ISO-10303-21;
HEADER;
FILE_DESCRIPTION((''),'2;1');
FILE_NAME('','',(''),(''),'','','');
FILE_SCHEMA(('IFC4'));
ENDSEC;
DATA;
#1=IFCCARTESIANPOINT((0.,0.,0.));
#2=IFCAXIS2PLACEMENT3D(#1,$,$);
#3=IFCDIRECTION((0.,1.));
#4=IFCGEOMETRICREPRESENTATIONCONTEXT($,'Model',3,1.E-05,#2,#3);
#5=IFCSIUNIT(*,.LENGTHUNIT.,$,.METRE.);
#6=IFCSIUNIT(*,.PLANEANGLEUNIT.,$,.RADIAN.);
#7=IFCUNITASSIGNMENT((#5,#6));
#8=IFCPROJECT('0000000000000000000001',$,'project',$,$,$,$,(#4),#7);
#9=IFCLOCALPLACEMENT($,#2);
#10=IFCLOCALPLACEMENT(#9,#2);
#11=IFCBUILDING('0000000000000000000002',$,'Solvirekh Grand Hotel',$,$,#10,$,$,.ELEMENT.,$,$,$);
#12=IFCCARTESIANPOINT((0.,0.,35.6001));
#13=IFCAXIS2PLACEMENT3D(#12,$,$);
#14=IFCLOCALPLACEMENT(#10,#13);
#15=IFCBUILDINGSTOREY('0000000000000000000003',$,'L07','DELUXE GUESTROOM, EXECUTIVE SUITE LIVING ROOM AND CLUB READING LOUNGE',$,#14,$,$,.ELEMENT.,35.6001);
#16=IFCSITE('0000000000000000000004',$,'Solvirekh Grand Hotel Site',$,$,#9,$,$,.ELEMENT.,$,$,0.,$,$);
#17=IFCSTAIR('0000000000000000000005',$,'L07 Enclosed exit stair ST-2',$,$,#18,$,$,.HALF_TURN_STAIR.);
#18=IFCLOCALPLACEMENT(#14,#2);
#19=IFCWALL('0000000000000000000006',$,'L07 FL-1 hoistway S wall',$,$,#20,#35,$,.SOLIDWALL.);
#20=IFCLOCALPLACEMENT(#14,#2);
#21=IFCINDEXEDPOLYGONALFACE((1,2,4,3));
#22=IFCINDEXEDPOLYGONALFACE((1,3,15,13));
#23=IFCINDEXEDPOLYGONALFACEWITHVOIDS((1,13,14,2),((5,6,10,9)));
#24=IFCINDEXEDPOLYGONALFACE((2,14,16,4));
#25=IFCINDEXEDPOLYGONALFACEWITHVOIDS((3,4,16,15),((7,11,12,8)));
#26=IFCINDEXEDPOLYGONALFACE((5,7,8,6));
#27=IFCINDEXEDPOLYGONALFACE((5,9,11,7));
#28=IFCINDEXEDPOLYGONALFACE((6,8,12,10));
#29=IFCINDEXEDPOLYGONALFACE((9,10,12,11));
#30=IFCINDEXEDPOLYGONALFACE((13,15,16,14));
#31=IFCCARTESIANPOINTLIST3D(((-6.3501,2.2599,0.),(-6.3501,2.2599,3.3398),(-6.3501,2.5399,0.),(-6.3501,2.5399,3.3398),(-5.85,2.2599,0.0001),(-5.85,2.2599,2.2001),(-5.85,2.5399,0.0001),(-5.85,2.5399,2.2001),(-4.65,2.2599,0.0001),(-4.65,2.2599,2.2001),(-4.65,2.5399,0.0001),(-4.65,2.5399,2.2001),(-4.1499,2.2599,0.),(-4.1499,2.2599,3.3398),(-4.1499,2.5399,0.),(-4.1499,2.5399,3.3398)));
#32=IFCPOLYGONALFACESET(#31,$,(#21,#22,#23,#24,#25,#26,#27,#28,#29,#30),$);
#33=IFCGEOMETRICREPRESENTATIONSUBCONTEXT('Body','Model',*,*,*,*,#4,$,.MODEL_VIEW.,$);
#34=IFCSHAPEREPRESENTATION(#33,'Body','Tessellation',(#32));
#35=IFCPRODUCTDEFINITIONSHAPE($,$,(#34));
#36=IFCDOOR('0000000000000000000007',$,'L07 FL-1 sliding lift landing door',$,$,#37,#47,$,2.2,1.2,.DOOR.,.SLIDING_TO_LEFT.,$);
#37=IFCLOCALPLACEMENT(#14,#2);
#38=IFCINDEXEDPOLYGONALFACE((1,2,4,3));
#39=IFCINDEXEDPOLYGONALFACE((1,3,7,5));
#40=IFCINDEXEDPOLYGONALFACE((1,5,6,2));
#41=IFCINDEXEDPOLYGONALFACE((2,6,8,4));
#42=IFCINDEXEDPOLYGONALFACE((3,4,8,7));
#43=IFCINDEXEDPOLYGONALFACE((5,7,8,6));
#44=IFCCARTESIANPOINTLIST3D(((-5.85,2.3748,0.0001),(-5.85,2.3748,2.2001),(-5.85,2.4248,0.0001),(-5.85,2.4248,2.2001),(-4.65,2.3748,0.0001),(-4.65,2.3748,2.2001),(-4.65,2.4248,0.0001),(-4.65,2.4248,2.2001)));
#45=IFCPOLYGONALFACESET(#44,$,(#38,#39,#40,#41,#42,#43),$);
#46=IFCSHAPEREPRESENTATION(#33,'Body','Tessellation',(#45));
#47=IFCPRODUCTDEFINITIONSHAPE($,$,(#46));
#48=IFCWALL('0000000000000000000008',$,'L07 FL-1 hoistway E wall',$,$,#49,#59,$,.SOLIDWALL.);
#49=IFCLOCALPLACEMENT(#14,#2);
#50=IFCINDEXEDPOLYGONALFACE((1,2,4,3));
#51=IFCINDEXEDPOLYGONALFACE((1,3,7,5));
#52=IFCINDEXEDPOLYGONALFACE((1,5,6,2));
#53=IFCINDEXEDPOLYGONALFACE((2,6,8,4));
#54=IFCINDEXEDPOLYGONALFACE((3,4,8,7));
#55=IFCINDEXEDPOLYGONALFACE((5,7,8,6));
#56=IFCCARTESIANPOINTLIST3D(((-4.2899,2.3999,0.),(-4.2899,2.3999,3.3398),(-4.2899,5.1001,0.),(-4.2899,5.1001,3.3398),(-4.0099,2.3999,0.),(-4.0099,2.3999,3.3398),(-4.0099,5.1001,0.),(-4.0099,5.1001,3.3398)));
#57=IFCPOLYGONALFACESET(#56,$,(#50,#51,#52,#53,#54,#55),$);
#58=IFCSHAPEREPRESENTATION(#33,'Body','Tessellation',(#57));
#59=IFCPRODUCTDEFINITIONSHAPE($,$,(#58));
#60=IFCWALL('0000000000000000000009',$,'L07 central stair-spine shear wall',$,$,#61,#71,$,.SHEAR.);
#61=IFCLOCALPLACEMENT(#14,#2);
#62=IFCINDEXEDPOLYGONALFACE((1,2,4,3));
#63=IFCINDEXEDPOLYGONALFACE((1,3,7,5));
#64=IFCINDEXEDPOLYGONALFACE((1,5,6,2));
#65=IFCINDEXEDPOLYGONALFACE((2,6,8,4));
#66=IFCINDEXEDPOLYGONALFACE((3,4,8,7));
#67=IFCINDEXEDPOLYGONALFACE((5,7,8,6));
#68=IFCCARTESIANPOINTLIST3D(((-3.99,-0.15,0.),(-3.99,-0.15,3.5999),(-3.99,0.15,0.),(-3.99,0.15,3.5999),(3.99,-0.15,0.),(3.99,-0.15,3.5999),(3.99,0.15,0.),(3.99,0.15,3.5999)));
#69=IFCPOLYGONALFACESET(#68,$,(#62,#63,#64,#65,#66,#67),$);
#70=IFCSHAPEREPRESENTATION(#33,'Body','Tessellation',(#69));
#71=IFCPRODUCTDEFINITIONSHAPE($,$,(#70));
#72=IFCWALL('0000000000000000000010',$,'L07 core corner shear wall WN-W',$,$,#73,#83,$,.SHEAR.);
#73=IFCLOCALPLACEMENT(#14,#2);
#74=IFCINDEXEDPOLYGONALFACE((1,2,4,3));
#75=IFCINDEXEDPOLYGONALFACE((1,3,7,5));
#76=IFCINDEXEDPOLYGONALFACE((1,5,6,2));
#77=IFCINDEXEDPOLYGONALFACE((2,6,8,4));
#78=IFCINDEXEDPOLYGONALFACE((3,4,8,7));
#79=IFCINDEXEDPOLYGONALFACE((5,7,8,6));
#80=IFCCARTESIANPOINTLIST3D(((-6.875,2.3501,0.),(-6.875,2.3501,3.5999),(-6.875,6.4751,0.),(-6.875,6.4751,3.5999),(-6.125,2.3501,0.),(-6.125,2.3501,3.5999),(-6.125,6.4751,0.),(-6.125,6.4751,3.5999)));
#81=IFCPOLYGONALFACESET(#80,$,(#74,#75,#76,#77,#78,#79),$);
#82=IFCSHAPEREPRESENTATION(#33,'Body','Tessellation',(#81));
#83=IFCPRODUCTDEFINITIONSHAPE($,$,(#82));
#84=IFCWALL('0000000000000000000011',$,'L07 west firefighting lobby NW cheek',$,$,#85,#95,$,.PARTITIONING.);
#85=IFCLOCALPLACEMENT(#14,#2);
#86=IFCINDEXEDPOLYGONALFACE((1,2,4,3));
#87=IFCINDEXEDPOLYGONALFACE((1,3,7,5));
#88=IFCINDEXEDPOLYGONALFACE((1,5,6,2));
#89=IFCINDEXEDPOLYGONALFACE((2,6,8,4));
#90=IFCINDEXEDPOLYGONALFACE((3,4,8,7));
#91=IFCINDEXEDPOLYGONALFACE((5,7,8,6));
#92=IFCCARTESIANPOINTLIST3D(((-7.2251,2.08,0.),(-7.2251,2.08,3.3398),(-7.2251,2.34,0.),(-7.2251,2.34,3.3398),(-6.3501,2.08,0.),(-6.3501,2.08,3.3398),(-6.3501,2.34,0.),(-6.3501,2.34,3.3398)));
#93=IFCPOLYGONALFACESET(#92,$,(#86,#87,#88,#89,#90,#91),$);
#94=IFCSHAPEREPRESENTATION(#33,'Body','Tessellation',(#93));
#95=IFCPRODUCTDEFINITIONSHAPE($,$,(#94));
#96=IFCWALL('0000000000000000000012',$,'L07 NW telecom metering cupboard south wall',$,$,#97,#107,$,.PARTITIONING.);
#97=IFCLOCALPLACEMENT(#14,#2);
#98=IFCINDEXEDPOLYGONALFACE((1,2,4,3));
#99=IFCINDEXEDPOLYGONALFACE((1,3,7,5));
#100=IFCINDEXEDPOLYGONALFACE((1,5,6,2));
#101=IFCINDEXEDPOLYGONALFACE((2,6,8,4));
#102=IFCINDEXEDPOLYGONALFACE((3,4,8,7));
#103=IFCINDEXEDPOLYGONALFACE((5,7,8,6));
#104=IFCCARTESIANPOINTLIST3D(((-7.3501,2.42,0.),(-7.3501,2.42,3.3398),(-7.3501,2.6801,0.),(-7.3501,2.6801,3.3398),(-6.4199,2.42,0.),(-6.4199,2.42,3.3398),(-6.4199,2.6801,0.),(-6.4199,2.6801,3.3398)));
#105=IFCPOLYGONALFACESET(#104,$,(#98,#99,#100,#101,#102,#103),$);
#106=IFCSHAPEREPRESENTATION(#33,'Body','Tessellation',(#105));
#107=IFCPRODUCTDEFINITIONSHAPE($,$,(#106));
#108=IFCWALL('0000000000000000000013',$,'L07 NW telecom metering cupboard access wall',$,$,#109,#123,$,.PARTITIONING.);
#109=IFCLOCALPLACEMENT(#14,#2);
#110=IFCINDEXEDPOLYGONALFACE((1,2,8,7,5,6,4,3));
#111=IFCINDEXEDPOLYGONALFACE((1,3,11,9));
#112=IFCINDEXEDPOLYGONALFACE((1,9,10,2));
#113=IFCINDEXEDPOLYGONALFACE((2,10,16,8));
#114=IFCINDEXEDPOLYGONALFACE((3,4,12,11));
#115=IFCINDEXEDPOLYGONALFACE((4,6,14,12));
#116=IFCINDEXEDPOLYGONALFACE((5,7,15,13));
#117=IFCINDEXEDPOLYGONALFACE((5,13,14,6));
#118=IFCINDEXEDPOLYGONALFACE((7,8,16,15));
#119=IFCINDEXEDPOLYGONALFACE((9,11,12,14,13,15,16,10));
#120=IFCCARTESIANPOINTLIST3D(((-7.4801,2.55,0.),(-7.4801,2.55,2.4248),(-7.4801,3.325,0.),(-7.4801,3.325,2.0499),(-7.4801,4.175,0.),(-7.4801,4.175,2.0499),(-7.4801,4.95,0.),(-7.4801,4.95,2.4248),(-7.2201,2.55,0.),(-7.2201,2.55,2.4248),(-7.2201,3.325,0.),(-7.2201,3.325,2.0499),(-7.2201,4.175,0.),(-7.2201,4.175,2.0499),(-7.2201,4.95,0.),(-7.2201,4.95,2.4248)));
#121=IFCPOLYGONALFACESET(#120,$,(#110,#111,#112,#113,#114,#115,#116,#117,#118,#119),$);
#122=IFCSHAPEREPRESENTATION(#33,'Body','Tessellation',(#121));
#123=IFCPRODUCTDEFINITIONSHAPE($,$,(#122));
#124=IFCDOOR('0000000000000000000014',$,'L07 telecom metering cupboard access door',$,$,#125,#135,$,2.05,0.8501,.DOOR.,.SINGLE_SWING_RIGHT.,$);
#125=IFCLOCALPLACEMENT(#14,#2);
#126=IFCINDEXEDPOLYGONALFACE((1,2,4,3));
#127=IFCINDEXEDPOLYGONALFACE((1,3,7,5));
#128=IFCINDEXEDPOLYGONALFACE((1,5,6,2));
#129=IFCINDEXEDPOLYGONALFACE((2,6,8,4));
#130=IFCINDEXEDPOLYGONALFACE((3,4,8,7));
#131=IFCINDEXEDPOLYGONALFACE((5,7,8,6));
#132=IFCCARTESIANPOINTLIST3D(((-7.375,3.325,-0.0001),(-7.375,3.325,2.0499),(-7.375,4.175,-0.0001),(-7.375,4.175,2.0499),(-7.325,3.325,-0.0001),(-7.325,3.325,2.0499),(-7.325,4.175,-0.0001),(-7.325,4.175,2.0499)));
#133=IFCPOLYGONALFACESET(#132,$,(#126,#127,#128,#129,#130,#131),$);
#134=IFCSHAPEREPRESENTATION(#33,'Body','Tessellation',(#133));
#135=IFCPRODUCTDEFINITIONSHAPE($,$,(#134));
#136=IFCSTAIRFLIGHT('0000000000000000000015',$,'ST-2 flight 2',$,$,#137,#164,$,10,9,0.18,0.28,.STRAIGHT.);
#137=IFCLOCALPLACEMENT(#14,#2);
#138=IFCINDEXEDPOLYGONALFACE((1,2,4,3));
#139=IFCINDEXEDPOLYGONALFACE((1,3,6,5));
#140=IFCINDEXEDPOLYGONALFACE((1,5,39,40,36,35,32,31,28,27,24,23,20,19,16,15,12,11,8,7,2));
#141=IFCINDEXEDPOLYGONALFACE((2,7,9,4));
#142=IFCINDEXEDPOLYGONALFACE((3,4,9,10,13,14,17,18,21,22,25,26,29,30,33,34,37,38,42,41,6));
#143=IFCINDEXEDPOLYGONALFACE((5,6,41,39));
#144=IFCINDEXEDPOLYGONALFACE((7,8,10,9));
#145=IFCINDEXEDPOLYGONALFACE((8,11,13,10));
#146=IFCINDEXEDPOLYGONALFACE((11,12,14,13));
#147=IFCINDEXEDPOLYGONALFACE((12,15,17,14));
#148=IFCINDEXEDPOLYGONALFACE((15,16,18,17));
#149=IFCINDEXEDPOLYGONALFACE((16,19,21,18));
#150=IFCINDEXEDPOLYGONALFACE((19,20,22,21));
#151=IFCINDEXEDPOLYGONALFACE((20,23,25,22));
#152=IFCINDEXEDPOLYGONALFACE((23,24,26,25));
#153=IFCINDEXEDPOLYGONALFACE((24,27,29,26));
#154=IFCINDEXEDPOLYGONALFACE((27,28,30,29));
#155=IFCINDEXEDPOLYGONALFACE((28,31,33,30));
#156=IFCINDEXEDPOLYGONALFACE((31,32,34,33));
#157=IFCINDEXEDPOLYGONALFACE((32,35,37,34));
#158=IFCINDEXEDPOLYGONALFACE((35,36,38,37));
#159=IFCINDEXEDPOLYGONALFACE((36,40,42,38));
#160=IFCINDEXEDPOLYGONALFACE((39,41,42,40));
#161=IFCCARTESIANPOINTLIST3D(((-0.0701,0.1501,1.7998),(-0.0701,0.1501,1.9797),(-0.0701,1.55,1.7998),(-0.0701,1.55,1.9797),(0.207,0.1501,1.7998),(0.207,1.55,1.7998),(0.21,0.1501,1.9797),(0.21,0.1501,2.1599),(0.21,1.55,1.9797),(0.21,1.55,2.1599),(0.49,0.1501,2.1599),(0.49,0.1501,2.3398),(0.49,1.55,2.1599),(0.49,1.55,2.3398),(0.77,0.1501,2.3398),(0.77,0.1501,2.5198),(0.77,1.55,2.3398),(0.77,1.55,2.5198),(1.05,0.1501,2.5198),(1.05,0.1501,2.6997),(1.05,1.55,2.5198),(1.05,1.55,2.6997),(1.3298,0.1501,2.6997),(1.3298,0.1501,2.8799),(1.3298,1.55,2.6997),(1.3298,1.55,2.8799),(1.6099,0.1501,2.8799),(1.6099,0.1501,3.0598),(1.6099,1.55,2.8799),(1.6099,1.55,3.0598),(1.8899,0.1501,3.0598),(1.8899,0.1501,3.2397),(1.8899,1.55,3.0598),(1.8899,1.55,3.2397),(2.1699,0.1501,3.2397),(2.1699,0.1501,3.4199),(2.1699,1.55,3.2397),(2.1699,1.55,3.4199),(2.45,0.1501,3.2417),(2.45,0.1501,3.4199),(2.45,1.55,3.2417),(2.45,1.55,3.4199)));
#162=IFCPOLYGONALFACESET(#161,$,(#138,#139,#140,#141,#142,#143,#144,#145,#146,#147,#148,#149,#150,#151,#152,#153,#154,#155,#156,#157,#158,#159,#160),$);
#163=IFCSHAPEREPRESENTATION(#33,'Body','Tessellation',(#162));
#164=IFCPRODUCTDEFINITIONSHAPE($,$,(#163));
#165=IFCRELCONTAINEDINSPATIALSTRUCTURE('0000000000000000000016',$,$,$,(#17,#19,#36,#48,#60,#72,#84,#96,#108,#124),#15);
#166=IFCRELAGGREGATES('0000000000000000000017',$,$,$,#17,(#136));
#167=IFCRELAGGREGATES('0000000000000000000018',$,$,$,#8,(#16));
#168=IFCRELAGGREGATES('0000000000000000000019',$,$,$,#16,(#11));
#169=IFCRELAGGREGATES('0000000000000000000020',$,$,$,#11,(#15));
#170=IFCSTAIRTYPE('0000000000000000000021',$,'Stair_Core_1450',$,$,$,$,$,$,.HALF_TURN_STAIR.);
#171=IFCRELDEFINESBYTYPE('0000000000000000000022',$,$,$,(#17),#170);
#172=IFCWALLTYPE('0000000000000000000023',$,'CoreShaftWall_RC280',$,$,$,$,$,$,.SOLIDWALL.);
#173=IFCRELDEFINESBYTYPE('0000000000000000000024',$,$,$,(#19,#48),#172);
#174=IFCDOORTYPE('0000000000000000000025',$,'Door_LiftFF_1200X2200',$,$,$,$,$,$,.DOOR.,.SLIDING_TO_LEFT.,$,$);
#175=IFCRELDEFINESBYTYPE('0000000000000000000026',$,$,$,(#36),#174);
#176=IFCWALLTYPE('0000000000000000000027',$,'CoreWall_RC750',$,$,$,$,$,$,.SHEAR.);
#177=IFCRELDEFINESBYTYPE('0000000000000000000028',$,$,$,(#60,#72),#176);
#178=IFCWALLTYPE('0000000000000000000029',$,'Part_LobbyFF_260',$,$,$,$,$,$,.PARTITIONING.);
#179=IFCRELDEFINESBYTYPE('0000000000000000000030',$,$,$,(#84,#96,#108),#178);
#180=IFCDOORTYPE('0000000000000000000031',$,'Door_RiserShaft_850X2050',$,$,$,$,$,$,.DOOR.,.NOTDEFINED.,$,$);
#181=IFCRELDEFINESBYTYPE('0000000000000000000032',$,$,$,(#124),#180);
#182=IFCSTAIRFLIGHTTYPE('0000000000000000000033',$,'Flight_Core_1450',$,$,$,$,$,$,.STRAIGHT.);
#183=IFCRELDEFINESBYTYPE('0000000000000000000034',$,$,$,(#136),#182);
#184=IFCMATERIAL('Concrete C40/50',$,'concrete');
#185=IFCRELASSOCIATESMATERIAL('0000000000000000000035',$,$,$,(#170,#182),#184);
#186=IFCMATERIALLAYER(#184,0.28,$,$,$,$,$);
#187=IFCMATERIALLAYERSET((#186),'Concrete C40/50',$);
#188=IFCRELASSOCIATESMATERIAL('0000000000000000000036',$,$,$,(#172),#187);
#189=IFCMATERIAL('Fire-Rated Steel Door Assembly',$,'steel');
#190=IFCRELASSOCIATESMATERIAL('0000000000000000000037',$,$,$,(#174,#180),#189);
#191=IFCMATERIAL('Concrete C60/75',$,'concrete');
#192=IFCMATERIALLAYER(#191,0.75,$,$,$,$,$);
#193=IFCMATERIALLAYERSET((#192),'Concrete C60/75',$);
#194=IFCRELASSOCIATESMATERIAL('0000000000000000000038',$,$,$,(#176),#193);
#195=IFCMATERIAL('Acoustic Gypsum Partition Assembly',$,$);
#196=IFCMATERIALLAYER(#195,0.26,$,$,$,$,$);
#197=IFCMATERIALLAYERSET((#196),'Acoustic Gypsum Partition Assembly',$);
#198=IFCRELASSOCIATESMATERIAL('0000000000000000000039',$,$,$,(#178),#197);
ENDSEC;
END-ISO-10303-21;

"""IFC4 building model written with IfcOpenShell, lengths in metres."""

from ifc_helpers import new_model, si_unit, direction, frame, frame_2d, origin, place, context, subcontext, project, spatial, polyline, rectangle, outline, extrude, material, layer, layer_set, type_object, element, fill, aggregate, save


model = new_model("IFC4")

# Units and contexts
model_context = context("Model", 3, precision=1e-05, world=origin(), true_north=direction((0.0, 1.0)))
body_context = subcontext(model_context, "Body", "Model", "MODEL_VIEW")
ifc_project = project(units=[si_unit("LENGTHUNIT", "METRE"), si_unit("PLANEANGLEUNIT", "RADIAN")], contexts=[model_context])

# Site, building, storey
site_placement = place(None, origin())
site = spatial("IfcSite", under=ifc_project, at=site_placement, Name="Solvirekh Grand Hotel Site", CompositionType="ELEMENT", RefElevation=0.0)
building_placement = place(site_placement, origin())
building = spatial("IfcBuilding", under=site, at=building_placement, Name="Solvirekh Grand Hotel", CompositionType="ELEMENT")
storey_placement = place(building_placement, frame((0.0, 0.0, 35.6001)))
storey = spatial("IfcBuildingStorey", under=building, at=storey_placement, Name="L07", Description="DELUXE GUESTROOM, EXECUTIVE SUITE LIVING ROOM AND CLUB READING LOUNGE", CompositionType="ELEMENT", Elevation=35.6001)

# Stair
ifc_material_1 = material(Name="Concrete C40/50", Category="concrete")
stair_type = type_object("IfcStairType", Name="Stair_Core_1450", PredefinedType="HALF_TURN_STAIR", material=ifc_material_1)
stair_1_placement = place(storey_placement, origin())
stair_1 = element("IfcStair", 1, at=stair_1_placement, inside=storey, type_object=stair_type, Name="L07 Enclosed exit stair ST-2", PredefinedType="HALF_TURN_STAIR")

# Shared definitions
ifc_layer_1 = layer(ifc_material_1, 0.28)
ifc_layer_set_1 = layer_set([ifc_layer_1], Name="Concrete C40/50")
wall_type_1 = type_object("IfcWallType", Name="CoreShaftWall_RC280", PredefinedType="SOLIDWALL", material=ifc_layer_set_1)

# Wall, opening, door
wall_1_placement = place(storey_placement, frame((-6.3501, 2.3999, 0.0), z_axis=(0.0, 0.0, 1.0), x_axis=(1.0, 0.0, 0.0)))
wall_1 = element("IfcWall", 2, at=wall_1_placement, inside=storey, type_object=wall_type_1, Name="L07 FL-1 hoistway S wall", PredefinedType="SOLIDWALL", context=body_context, shape_type="SweptSolid", body=[
    extrude(rectangle(XDim=2.2002, YDim=0.28, at=frame_2d((1.1001, 0.0))), origin(), (0.0, 0.0, 1.0), 3.3398),
])
opening_1_placement = place(wall_1_placement, frame((0.5, 0.0, 0.0)))
opening_1 = element("IfcOpeningElement", 3, at=opening_1_placement, cuts=wall_1, PredefinedType="OPENING", context=body_context, shape_type="SweptSolid", body=[
    extrude(rectangle(XDim=1.2, YDim=2.2, at=frame_2d((0.6001, 1.1001))), frame((0.0, 0.1499, 0.0), z_axis=(0.0, -1.0, 0.0), x_axis=(1.0, 0.0, 0.0)), (0.0, 0.0, 1.0), 0.3),
])
ifc_material_2 = material(Name="Fire-Rated Steel Door Assembly", Category="steel")
door_type_1 = type_object("IfcDoorType", Name="Door_LiftFF_1200X2200", OperationType="SLIDING_TO_LEFT", PredefinedType="DOOR", material=ifc_material_2)
door_1_placement = place(opening_1_placement, origin())
door_1 = element("IfcDoor", 4, at=door_1_placement, inside=storey, type_object=door_type_1, Name="L07 FL-1 sliding lift landing door", OperationType="SLIDING_TO_LEFT", OverallHeight=2.2, OverallWidth=1.2, PredefinedType="DOOR", context=body_context, shape_type="SweptSolid", body=[
    extrude(rectangle(XDim=1.2, YDim=2.2, at=frame_2d((0.6001, 1.1001))), frame((0.0, 0.0249, 0.0), z_axis=(0.0, -1.0, 0.0), x_axis=(1.0, 0.0, 0.0)), (0.0, 0.0, 1.0), 0.05),
])
fill(opening_1, door_1)

# Walls
wall_2_placement = place(storey_placement, frame((-4.1499, 2.3999, 0.0), z_axis=(0.0, 0.0, 1.0), x_axis=(0.0, 1.0, 0.0)))
element("IfcWall", 5, at=wall_2_placement, inside=storey, type_object=wall_type_1, Name="L07 FL-1 hoistway E wall", PredefinedType="SOLIDWALL", context=body_context, shape_type="SweptSolid", body=[
    extrude(rectangle(XDim=2.7002, YDim=0.28, at=frame_2d((1.3501, 0.0))), origin(), (0.0, 0.0, 1.0), 3.3398),
])
ifc_material_3 = material(Name="Concrete C60/75", Category="concrete")
ifc_layer_2 = layer(ifc_material_3, 0.75)
ifc_layer_set_2 = layer_set([ifc_layer_2], Name="Concrete C60/75")
wall_type_2 = type_object("IfcWallType", Name="CoreWall_RC750", PredefinedType="SHEAR", material=ifc_layer_set_2)
wall_3_placement = place(storey_placement, frame((-3.99, 0.0, 0.0), z_axis=(0.0, 0.0, 1.0), x_axis=(1.0, 0.0, 0.0)))
element("IfcWall", 6, at=wall_3_placement, inside=storey, type_object=wall_type_2, Name="L07 central stair-spine shear wall", PredefinedType="SHEAR", context=body_context, shape_type="SweptSolid", body=[
    extrude(rectangle(XDim=7.98, YDim=0.3, at=frame_2d((3.99, 0.0))), origin(), (0.0, 0.0, 1.0), 3.5999),
])
wall_4_placement = place(storey_placement, frame((-6.5, 2.3501, 0.0), z_axis=(0.0, 0.0, 1.0), x_axis=(0.0, 1.0, 0.0)))
element("IfcWall", 7, at=wall_4_placement, inside=storey, type_object=wall_type_2, Name="L07 core corner shear wall WN-W", PredefinedType="SHEAR", context=body_context, shape_type="SweptSolid", body=[
    extrude(rectangle(XDim=4.125, YDim=0.75, at=frame_2d((2.0625, 0.0))), origin(), (0.0, 0.0, 1.0), 3.5999),
])
ifc_material_4 = material(Name="Acoustic Gypsum Partition Assembly")
ifc_layer_3 = layer(ifc_material_4, 0.26)
ifc_layer_set_3 = layer_set([ifc_layer_3], Name="Acoustic Gypsum Partition Assembly")
wall_type_3 = type_object("IfcWallType", Name="Part_LobbyFF_260", PredefinedType="PARTITIONING", material=ifc_layer_set_3)
wall_5_placement = place(storey_placement, frame((-7.2251, 2.21, 0.0), z_axis=(0.0, 0.0, 1.0), x_axis=(1.0, 0.0, 0.0)))
element("IfcWall", 8, at=wall_5_placement, inside=storey, type_object=wall_type_3, Name="L07 west firefighting lobby NW cheek", PredefinedType="PARTITIONING", context=body_context, shape_type="SweptSolid", body=[
    extrude(rectangle(XDim=0.875, YDim=0.26, at=frame_2d((0.4375, 0.0))), origin(), (0.0, 0.0, 1.0), 3.3398),
])
wall_6_placement = place(storey_placement, frame((-7.3501, 2.55, 0.0), z_axis=(0.0, 0.0, 1.0), x_axis=(1.0, 0.0, 0.0)))
element("IfcWall", 9, at=wall_6_placement, inside=storey, type_object=wall_type_3, Name="L07 NW telecom metering cupboard south wall", PredefinedType="PARTITIONING", context=body_context, shape_type="SweptSolid", body=[
    extrude(rectangle(XDim=0.9302, YDim=0.26, at=frame_2d((0.4651, 0.0))), origin(), (0.0, 0.0, 1.0), 3.3398),
])

# Wall, opening, door
wall_7_placement = place(storey_placement, frame((-7.3501, 2.55, 0.0), z_axis=(0.0, 0.0, 1.0), x_axis=(0.0, 1.0, 0.0)))
wall_7 = element("IfcWall", 10, at=wall_7_placement, inside=storey, type_object=wall_type_3, Name="L07 NW telecom metering cupboard access wall", PredefinedType="PARTITIONING", context=body_context, shape_type="SweptSolid", body=[
    extrude(rectangle(XDim=2.3999, YDim=0.26, at=frame_2d((1.2, 0.0))), origin(), (0.0, 0.0, 1.0), 2.4248),
])
opening_2_placement = place(wall_7_placement, frame((0.7749, 0.0, 0.0)))
opening_2 = element("IfcOpeningElement", 11, at=opening_2_placement, cuts=wall_7, PredefinedType="OPENING", context=body_context, shape_type="SweptSolid", body=[
    extrude(rectangle(XDim=0.8501, YDim=2.05, at=frame_2d((0.425, 1.0249))), frame((0.0, 0.1401, 0.0), z_axis=(0.0, -1.0, 0.0), x_axis=(1.0, 0.0, 0.0)), (0.0, 0.0, 1.0), 0.28),
])
door_type_2 = type_object("IfcDoorType", Name="Door_RiserShaft_850X2050", OperationType="NOTDEFINED", PredefinedType="DOOR", material=ifc_material_2)
door_2_placement = place(opening_2_placement, origin())
door_2 = element("IfcDoor", 12, at=door_2_placement, inside=storey, type_object=door_type_2, Name="L07 telecom metering cupboard access door", OperationType="SINGLE_SWING_RIGHT", OverallHeight=2.05, OverallWidth=0.8501, PredefinedType="DOOR", context=body_context, shape_type="SweptSolid", body=[
    extrude(rectangle(XDim=0.8501, YDim=2.05, at=frame_2d((0.425, 1.0249))), frame((0.0, 0.0249, 0.0), z_axis=(0.0, -1.0, 0.0), x_axis=(1.0, 0.0, 0.0)), (0.0, 0.0, 1.0), 0.05),
])
fill(opening_2, door_2)

# Stair flight
stair_flight_type = type_object("IfcStairFlightType", Name="Flight_Core_1450", PredefinedType="STRAIGHT", material=ifc_material_1)
stair_flight_placement = place(storey_placement, frame((-0.0701, 0.8501, 1.7998), z_axis=(0.0, 0.0, 1.0), x_axis=(1.0, 0.0, 0.0)))
stair_flight = element("IfcStairFlight", 13, at=stair_flight_placement, type_object=stair_flight_type, Name="ST-2 flight 2", NumberOfRisers=10, NumberOfTreads=9, PredefinedType="STRAIGHT", RiserHeight=0.18, TreadLength=0.28, context=body_context, shape_type="SweptSolid", body=[
    extrude(outline(polyline([(0.0, 0.0), (0.0, 0.1799), (0.28, 0.1799), (0.28, 0.3601), (0.5601, 0.3601), (0.5601, 0.54), (0.8401, 0.54), (0.8401, 0.72), (1.1201, 0.72), (1.1201, 0.8999), (1.3999, 0.8999), (1.3999, 1.0801), (1.6799, 1.0801), (1.6799, 1.26), (1.96, 1.26), (1.96, 1.4399), (2.24, 1.4399), (2.24, 1.6201), (2.52, 1.6201), (2.52, 1.8), (2.52, 1.4419), (0.2771, 0.0), (0.0, 0.0)])), frame((0.0, 0.7, 0.0), z_axis=(0.0, -1.0, 0.0), x_axis=(1.0, 0.0, 0.0)), (0.0, 0.0, 1.0), 1.3999),
])
aggregate(stair_1, [stair_flight])

save(model, "model.ifc")
